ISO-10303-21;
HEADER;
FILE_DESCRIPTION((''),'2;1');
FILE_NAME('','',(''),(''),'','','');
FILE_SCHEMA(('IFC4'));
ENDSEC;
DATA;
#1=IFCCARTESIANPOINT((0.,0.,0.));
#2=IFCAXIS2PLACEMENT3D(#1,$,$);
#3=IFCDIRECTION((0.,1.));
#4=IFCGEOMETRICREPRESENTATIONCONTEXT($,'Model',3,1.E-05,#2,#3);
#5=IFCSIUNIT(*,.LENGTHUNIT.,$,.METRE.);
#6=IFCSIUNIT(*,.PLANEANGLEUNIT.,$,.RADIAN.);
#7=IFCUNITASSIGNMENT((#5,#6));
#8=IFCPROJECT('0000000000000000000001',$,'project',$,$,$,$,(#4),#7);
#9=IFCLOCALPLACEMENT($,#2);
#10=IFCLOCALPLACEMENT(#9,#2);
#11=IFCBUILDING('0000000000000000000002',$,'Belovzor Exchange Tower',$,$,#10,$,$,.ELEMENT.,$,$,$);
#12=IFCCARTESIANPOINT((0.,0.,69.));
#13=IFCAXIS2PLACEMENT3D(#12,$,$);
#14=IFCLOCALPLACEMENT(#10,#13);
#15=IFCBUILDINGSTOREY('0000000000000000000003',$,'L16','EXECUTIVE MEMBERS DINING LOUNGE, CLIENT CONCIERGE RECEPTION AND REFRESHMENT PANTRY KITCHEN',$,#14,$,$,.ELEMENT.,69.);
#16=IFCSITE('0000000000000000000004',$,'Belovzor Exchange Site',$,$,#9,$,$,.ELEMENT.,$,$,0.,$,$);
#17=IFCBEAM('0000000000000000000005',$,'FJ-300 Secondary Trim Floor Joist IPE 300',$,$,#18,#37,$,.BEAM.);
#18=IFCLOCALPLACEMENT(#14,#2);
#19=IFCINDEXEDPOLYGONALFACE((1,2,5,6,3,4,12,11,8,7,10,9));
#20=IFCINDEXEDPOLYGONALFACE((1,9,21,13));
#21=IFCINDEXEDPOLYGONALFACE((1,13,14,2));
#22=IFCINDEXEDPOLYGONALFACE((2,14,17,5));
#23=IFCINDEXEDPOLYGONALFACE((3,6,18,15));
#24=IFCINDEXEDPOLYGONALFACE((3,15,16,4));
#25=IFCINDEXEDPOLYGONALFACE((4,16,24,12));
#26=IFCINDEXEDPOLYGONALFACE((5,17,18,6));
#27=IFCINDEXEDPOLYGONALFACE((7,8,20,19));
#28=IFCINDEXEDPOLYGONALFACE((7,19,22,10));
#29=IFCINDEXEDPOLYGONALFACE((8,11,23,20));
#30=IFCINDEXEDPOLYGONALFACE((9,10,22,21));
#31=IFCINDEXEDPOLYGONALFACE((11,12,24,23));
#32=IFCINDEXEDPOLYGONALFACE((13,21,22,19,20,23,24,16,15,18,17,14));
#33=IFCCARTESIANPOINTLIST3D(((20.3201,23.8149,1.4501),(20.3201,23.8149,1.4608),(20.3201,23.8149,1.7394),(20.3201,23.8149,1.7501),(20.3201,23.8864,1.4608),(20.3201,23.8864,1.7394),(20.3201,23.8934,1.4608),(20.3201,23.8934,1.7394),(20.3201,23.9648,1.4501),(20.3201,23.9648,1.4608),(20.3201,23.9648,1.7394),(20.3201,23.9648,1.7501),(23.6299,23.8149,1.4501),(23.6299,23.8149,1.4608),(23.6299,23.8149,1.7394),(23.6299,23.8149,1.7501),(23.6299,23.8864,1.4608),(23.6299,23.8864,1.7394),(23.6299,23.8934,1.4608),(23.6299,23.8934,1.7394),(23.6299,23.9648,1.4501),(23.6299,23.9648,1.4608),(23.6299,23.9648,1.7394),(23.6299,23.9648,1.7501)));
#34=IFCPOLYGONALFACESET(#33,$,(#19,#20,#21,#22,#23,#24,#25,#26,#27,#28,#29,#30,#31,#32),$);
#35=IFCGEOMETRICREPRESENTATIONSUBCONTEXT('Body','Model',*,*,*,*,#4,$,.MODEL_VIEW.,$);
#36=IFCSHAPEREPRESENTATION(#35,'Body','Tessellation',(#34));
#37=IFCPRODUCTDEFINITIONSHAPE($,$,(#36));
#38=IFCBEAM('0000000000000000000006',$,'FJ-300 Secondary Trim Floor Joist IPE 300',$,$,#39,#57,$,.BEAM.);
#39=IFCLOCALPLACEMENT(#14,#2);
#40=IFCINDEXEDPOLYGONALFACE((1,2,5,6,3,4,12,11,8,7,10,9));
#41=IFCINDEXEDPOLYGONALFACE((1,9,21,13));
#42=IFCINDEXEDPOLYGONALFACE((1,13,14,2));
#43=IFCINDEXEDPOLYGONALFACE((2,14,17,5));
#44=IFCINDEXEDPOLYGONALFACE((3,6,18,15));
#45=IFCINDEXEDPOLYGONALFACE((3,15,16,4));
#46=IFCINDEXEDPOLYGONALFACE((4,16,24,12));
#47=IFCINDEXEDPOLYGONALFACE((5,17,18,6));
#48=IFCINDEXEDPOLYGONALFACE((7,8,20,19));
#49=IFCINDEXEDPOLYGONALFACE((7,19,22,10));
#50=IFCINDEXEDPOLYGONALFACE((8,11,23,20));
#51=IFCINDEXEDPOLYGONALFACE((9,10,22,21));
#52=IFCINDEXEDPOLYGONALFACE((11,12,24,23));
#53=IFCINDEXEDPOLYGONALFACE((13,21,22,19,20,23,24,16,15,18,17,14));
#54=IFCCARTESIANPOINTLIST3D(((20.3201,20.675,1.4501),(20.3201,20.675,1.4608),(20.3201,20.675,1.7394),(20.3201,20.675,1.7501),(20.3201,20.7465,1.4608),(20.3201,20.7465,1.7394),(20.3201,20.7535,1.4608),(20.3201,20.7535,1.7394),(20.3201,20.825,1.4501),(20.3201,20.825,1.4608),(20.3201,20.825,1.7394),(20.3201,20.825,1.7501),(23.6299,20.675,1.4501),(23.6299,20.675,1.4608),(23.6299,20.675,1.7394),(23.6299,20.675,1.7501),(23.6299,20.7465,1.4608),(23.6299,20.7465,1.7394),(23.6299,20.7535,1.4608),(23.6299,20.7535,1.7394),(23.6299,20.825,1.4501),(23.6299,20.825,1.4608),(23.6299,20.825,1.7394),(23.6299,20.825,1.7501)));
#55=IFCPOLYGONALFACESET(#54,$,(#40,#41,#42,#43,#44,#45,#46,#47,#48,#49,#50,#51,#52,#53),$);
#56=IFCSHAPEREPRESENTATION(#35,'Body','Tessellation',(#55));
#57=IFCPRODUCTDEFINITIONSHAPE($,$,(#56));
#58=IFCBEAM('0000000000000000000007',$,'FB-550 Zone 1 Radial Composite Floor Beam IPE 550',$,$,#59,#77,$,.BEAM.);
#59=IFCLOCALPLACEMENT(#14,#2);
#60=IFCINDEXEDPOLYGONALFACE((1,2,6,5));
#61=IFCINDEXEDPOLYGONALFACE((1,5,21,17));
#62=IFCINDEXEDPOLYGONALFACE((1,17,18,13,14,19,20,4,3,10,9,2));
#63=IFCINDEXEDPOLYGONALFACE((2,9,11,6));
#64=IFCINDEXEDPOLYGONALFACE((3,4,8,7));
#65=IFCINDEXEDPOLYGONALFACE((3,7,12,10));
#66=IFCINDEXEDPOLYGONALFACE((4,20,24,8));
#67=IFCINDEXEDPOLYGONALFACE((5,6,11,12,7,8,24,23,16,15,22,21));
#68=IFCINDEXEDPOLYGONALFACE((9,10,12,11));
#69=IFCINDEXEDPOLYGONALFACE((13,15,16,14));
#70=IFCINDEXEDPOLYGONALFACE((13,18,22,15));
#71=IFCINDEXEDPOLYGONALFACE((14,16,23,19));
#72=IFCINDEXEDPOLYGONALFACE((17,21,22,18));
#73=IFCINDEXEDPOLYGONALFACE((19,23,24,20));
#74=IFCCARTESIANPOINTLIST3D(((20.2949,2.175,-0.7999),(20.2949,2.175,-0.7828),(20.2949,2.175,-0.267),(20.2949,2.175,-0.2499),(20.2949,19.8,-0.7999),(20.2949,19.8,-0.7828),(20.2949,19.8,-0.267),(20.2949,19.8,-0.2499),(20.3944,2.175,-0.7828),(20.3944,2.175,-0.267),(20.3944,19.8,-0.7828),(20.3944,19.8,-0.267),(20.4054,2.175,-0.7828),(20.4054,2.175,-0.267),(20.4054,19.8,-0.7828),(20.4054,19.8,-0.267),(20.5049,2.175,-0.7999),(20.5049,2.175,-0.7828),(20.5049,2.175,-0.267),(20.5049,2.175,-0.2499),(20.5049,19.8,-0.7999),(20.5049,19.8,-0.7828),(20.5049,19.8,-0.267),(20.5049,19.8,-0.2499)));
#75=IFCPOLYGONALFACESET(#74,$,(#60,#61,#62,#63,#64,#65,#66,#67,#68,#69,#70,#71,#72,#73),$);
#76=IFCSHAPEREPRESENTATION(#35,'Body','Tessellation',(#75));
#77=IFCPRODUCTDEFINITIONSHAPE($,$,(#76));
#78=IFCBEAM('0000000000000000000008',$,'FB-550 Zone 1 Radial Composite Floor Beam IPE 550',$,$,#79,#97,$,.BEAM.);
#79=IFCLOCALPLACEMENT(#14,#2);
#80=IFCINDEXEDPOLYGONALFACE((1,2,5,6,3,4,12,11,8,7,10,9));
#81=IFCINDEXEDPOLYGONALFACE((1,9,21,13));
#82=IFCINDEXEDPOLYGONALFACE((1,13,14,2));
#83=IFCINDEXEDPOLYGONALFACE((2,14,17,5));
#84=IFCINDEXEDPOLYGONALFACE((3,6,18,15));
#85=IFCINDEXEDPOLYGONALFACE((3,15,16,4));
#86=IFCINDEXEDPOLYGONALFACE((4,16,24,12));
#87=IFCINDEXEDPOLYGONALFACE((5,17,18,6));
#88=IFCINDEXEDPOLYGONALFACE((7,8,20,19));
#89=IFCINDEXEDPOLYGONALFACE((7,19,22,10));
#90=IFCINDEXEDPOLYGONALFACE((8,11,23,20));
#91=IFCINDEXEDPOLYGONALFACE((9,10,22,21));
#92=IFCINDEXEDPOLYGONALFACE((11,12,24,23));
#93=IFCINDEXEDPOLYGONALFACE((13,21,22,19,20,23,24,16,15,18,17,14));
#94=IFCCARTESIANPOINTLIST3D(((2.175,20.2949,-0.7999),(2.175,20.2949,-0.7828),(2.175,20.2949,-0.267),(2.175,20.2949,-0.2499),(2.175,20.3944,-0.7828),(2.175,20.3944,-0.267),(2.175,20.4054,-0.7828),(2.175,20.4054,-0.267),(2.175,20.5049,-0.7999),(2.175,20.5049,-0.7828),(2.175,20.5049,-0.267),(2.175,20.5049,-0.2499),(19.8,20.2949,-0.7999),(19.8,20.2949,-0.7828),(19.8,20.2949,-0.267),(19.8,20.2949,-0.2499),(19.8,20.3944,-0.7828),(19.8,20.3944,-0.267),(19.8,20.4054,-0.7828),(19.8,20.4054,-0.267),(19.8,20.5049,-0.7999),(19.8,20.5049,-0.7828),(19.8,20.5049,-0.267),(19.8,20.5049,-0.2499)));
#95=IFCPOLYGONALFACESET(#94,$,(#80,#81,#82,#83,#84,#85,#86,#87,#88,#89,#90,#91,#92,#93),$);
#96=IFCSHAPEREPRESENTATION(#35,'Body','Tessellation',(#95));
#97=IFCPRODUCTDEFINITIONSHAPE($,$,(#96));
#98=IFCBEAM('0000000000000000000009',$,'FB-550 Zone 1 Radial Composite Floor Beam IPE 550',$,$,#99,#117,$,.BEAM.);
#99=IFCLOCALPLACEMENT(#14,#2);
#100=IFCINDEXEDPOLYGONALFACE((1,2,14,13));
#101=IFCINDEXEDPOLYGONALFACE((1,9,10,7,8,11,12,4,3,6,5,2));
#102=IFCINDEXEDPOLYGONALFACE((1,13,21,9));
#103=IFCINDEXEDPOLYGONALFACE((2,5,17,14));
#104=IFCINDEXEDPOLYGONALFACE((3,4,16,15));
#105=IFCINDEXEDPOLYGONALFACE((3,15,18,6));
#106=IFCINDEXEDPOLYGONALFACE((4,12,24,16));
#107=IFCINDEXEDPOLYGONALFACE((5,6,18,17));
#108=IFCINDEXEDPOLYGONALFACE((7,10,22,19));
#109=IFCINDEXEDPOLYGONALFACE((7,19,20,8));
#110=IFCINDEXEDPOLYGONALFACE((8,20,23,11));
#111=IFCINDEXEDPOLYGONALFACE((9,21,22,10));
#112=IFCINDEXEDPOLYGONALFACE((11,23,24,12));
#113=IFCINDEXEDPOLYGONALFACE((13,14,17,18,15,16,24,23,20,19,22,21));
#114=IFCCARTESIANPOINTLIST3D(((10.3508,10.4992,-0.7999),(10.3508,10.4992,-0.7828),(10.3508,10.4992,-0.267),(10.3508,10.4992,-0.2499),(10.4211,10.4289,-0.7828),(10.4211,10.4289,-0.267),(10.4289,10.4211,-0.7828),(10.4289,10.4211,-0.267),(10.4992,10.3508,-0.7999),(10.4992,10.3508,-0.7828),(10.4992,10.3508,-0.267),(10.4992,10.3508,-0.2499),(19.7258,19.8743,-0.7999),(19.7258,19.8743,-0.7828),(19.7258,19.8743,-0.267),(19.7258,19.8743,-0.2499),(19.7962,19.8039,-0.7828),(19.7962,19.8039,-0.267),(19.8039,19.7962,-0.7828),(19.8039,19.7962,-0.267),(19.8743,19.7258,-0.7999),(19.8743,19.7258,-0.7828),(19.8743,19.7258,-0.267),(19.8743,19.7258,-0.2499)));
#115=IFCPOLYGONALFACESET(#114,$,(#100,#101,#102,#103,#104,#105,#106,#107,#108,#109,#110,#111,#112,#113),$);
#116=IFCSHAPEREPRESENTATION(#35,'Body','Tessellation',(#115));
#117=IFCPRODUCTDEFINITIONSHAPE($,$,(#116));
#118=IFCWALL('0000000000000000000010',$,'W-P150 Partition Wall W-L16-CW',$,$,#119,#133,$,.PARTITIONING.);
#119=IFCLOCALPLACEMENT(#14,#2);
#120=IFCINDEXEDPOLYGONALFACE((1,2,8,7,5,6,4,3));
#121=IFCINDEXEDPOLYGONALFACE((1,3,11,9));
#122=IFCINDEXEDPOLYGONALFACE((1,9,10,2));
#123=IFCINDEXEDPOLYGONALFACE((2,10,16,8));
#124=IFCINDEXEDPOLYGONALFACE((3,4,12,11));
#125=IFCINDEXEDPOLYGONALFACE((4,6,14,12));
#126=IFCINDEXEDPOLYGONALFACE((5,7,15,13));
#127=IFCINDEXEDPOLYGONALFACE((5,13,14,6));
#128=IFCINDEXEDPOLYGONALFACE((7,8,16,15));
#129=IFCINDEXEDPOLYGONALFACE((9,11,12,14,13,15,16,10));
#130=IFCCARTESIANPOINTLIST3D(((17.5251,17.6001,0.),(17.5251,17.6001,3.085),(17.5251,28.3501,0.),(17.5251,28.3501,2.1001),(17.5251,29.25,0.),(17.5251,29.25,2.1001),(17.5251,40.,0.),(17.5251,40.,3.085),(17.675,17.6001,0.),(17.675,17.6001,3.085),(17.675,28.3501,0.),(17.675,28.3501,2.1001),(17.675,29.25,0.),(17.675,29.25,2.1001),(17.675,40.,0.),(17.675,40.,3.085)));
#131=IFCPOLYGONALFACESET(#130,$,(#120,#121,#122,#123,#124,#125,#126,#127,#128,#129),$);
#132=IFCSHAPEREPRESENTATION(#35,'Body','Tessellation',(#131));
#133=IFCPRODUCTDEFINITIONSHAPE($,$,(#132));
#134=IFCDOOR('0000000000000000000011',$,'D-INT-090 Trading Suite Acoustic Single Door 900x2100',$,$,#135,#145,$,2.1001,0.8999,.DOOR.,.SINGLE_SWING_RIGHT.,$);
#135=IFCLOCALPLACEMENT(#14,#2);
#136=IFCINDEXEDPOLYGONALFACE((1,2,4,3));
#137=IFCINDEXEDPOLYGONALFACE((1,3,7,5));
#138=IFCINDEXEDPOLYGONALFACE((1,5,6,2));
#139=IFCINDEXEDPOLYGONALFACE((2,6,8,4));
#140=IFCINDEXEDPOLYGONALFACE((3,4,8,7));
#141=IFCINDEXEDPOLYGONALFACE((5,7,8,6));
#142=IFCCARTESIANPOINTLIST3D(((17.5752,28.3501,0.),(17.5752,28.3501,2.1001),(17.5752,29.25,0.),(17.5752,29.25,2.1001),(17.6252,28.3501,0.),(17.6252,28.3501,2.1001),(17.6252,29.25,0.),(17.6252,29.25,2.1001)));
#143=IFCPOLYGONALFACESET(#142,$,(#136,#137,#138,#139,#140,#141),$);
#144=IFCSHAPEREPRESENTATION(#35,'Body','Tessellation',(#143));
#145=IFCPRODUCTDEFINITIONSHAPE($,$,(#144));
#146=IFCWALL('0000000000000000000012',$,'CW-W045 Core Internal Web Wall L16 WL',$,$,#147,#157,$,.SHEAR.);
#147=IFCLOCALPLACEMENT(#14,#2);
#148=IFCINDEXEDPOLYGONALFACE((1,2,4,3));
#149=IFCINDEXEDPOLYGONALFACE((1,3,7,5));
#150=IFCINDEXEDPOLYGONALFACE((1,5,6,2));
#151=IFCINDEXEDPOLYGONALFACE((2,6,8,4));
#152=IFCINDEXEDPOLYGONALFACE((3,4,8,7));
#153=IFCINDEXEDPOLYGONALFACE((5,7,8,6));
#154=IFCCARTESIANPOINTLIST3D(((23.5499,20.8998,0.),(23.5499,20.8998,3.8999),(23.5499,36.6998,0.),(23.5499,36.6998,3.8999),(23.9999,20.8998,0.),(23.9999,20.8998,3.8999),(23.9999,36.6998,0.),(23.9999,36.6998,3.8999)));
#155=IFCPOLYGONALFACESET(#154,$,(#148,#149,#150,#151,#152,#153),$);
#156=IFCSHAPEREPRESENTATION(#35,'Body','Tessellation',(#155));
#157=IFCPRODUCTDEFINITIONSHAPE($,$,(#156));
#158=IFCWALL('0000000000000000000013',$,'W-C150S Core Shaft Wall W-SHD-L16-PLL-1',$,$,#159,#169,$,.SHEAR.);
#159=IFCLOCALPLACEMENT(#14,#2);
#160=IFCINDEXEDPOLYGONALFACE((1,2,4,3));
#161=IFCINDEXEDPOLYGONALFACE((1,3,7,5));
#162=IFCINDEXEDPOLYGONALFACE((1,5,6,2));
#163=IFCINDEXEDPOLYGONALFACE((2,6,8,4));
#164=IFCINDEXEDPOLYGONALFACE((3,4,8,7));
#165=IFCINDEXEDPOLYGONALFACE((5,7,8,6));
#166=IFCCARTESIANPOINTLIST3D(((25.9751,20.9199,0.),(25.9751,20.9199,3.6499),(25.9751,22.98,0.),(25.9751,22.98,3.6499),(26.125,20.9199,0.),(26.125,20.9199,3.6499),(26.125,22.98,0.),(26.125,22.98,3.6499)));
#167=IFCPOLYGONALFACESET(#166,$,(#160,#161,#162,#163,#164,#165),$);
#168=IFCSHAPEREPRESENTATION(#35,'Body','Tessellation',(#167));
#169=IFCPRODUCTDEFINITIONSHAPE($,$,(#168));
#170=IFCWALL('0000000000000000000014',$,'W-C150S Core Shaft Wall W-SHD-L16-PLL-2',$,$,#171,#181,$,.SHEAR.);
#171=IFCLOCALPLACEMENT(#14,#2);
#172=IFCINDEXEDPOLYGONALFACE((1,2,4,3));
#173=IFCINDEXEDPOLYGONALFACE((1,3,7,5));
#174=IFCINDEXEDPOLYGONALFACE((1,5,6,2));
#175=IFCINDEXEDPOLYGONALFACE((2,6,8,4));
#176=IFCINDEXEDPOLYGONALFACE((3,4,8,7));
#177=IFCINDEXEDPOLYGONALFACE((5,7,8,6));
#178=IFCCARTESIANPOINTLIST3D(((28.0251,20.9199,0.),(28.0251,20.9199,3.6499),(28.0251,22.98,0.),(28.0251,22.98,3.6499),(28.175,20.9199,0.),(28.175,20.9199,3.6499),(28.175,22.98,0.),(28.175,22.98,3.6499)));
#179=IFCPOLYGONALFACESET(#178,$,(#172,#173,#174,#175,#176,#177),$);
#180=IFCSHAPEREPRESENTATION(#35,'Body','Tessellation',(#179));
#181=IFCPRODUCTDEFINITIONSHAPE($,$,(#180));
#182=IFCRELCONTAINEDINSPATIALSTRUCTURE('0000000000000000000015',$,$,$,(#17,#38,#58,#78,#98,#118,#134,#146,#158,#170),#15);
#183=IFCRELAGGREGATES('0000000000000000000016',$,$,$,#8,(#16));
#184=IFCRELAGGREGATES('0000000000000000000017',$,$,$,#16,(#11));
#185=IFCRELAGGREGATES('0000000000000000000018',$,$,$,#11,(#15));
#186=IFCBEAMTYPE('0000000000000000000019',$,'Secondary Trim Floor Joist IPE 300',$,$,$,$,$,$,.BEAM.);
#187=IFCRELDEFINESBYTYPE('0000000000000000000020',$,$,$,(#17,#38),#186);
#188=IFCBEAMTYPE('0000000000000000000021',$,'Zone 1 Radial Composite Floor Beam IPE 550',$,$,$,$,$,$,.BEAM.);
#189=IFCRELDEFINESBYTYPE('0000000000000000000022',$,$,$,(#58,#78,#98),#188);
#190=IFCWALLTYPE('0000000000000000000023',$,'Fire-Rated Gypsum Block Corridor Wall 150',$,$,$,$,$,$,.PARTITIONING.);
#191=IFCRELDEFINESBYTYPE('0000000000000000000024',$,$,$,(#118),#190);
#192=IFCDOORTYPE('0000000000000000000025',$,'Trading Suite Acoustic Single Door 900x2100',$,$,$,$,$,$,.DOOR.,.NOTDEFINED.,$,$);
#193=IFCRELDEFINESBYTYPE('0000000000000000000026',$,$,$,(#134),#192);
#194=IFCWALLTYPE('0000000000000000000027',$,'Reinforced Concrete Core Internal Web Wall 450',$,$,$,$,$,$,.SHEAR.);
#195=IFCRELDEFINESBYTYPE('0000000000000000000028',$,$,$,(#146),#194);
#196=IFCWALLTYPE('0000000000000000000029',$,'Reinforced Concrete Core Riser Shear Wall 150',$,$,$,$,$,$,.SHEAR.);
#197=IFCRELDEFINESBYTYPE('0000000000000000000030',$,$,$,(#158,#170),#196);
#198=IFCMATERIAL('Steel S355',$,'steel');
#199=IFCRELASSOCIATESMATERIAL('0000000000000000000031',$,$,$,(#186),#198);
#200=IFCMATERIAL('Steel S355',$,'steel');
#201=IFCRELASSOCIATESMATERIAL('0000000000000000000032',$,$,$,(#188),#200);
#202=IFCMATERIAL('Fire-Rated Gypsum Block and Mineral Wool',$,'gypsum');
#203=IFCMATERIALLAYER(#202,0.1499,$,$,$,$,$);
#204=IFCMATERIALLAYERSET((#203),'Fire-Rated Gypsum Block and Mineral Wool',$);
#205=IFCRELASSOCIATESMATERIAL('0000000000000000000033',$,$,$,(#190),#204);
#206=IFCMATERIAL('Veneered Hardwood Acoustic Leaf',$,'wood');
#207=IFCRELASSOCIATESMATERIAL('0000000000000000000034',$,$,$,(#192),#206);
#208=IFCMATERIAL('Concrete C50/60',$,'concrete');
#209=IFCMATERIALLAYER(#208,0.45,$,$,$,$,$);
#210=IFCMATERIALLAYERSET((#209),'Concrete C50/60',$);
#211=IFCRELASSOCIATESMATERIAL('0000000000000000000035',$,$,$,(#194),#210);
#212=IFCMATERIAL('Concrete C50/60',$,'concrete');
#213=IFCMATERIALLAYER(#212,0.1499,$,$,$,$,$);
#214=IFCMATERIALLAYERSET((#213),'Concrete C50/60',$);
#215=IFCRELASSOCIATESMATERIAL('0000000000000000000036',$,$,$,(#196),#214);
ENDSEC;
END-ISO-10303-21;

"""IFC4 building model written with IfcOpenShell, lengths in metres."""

from ifc_helpers import new_model, si_unit, direction, frame, frame_2d, origin, origin_2d, place, context, subcontext, project, spatial, rectangle, i_section, extrude, material, layer, layer_set, material_profile, profile_set, type_object, element, fill, save


model = new_model("IFC4")

# Units and contexts
model_context = context("Model", 3, precision=1e-05, world=origin(), true_north=direction((0.0, 1.0)))
body_context = subcontext(model_context, "Body", "Model", "MODEL_VIEW")
ifc_project = project(units=[si_unit("LENGTHUNIT", "METRE"), si_unit("PLANEANGLEUNIT", "RADIAN")], contexts=[model_context])

# Site, building, storey
site_placement = place(None, origin())
site = spatial("IfcSite", under=ifc_project, at=site_placement, Name="Belovzor Exchange Site", CompositionType="ELEMENT", RefElevation=0.0)
building_placement = place(site_placement, origin())
building = spatial("IfcBuilding", under=site, at=building_placement, Name="Belovzor Exchange Tower", CompositionType="ELEMENT")
storey_placement = place(building_placement, frame((0.0, 0.0, 69.0)))
storey = spatial("IfcBuildingStorey", under=building, at=storey_placement, Name="L16", Description="EXECUTIVE MEMBERS DINING LOUNGE, CLIENT CONCIERGE RECEPTION AND REFRESHMENT PANTRY KITCHEN", CompositionType="ELEMENT", Elevation=69.0)

# Beams
ifc_material_1 = material(Name="Steel S355", Category="steel")
ifc_material_profile_1 = material_profile(ifc_material_1, i_section(OverallWidth=0.1499, OverallDepth=0.3, WebThickness=0.0071, FlangeThickness=0.0107, at=origin_2d()))
ifc_profile_set_1 = profile_set([ifc_material_profile_1], Name="Steel S355")
beam_type_1 = type_object("IfcBeamType", Name="Secondary Trim Floor Joist IPE 300", PredefinedType="BEAM", material=ifc_profile_set_1)
for number, where, z_axis, x_axis, name in (
    (1, (20.3201, 23.8899, 1.6001), (1.0, 0.0, 0.0), (0.0, 1.0, 0.0), "FJ-300 Secondary Trim Floor Joist IPE 300"),
    (2, (20.3201, 20.75, 1.6001), (1.0, 0.0, 0.0), (0.0, 1.0, 0.0), "FJ-300 Secondary Trim Floor Joist IPE 300"),
):
    element("IfcBeam", number, at=place(storey_placement, frame(where, z_axis=z_axis, x_axis=x_axis)), inside=storey, type_object=beam_type_1, Name=name, PredefinedType="BEAM", context=body_context, shape_type="SweptSolid", body=[
        extrude(i_section(OverallWidth=0.1499, OverallDepth=0.3, WebThickness=0.0071, FlangeThickness=0.0107, at=origin_2d()), origin(), (0.0, 0.0, 1.0), 3.3098),
    ])
ifc_material_2 = material(Name="Steel S355", Category="steel")
ifc_material_profile_2 = material_profile(ifc_material_2, i_section(OverallWidth=0.21, OverallDepth=0.55, WebThickness=0.011, FlangeThickness=0.0171, at=origin_2d()))
ifc_profile_set_2 = profile_set([ifc_material_profile_2], Name="Steel S355")
beam_type_2 = type_object("IfcBeamType", Name="Zone 1 Radial Composite Floor Beam IPE 550", PredefinedType="BEAM", material=ifc_profile_set_2)
for number, where, z_axis, x_axis, name in (
    (3, (20.3999, 19.8, -0.5249), (0.0, -1.0, 0.0), (1.0, 0.0, 0.0), "FB-550 Zone 1 Radial Composite Floor Beam IPE 550"),
    (4, (19.8, 20.3999, -0.5249), (-1.0, 0.0, 0.0), (0.0, -1.0, 0.0), "FB-550 Zone 1 Radial Composite Floor Beam IPE 550"),
):
    element("IfcBeam", number, at=place(storey_placement, frame(where, z_axis=z_axis, x_axis=x_axis)), inside=storey, type_object=beam_type_2, Name=name, PredefinedType="BEAM", context=body_context, shape_type="SweptSolid", body=[
        extrude(i_section(OverallWidth=0.21, OverallDepth=0.55, WebThickness=0.011, FlangeThickness=0.0171, at=origin_2d()), origin(), (0.0, 0.0, 1.0), 17.625),
    ])
beam_placement = place(storey_placement, frame((19.8, 19.8, -0.5249), z_axis=(-0.707107, -0.707107, 0.0), x_axis=(0.707107, -0.707107, 0.0)))
element("IfcBeam", 5, at=beam_placement, inside=storey, type_object=beam_type_2, Name="FB-550 Zone 1 Radial Composite Floor Beam IPE 550", PredefinedType="BEAM", context=body_context, shape_type="SweptSolid", body=[
    extrude(i_section(OverallWidth=0.21, OverallDepth=0.55, WebThickness=0.011, FlangeThickness=0.0171, at=origin_2d()), origin(), (0.0, 0.0, 1.0), 13.2583),
])

# Wall, opening, door
ifc_material_3 = material(Name="Fire-Rated Gypsum Block and Mineral Wool", Category="gypsum")
ifc_layer_1 = layer(ifc_material_3, 0.1499)
ifc_layer_set_1 = layer_set([ifc_layer_1], Name="Fire-Rated Gypsum Block and Mineral Wool")
wall_type_1 = type_object("IfcWallType", Name="Fire-Rated Gypsum Block Corridor Wall 150", PredefinedType="PARTITIONING", material=ifc_layer_set_1)
wall_1_placement = place(storey_placement, frame((17.6001, 17.6001, 0.0), z_axis=(0.0, 0.0, 1.0), x_axis=(0.0, 1.0, 0.0)))
wall_1 = element("IfcWall", 6, at=wall_1_placement, inside=storey, type_object=wall_type_1, Name="W-P150 Partition Wall W-L16-CW", PredefinedType="PARTITIONING", context=body_context, shape_type="SweptSolid", body=[
    extrude(rectangle(XDim=22.3999, YDim=0.1499, at=frame_2d((11.2, 0.0))), origin(), (0.0, 0.0, 1.0), 3.085),
])
opening_1_placement = place(wall_1_placement, frame((10.75, 0.0, 0.0)))
opening_1 = element("IfcOpeningElement", 7, at=opening_1_placement, cuts=wall_1, PredefinedType="OPENING", context=body_context, shape_type="SweptSolid", body=[
    extrude(rectangle(XDim=0.8999, YDim=2.1001, at=frame_2d((0.45, 1.05))), frame((0.0, 0.085, 0.0), z_axis=(0.0, -1.0, 0.0), x_axis=(1.0, 0.0, 0.0)), (0.0, 0.0, 1.0), 0.1699),
])
ifc_material_4 = material(Name="Veneered Hardwood Acoustic Leaf", Category="wood")
door_type_1 = type_object("IfcDoorType", Name="Trading Suite Acoustic Single Door 900x2100", OperationType="NOTDEFINED", PredefinedType="DOOR", material=ifc_material_4)
door_1_placement = place(opening_1_placement, origin())
door_1 = element("IfcDoor", 8, at=door_1_placement, inside=storey, type_object=door_type_1, Name="D-INT-090 Trading Suite Acoustic Single Door 900x2100", OperationType="SINGLE_SWING_RIGHT", OverallHeight=2.1001, OverallWidth=0.8999, PredefinedType="DOOR", context=body_context, shape_type="SweptSolid", body=[
    extrude(rectangle(XDim=0.8999, YDim=2.1001, at=frame_2d((0.45, 1.05))), frame((0.0, 0.0249, 0.0), z_axis=(0.0, -1.0, 0.0), x_axis=(1.0, 0.0, 0.0)), (0.0, 0.0, 1.0), 0.05),
])
fill(opening_1, door_1)

# Walls
ifc_material_5 = material(Name="Concrete C50/60", Category="concrete")
ifc_layer_2 = layer(ifc_material_5, 0.45)
ifc_layer_set_2 = layer_set([ifc_layer_2], Name="Concrete C50/60")
wall_type_2 = type_object("IfcWallType", Name="Reinforced Concrete Core Internal Web Wall 450", PredefinedType="SHEAR", material=ifc_layer_set_2)
wall_2_placement = place(storey_placement, frame((23.7749, 20.8999, 0.0), z_axis=(0.0, 0.0, 1.0), x_axis=(0.0, 1.0, 0.0)))
element("IfcWall", 9, at=wall_2_placement, inside=storey, type_object=wall_type_2, Name="CW-W045 Core Internal Web Wall L16 WL", PredefinedType="SHEAR", context=body_context, shape_type="SweptSolid", body=[
    extrude(rectangle(XDim=15.8, YDim=0.45, at=frame_2d((7.8999, 0.0))), origin(), (0.0, 0.0, 1.0), 3.8999),
])
ifc_material_6 = material(Name="Concrete C50/60", Category="concrete")
ifc_layer_3 = layer(ifc_material_6, 0.1499)
ifc_layer_set_3 = layer_set([ifc_layer_3], Name="Concrete C50/60")
wall_type_3 = type_object("IfcWallType", Name="Reinforced Concrete Core Riser Shear Wall 150", PredefinedType="SHEAR", material=ifc_layer_set_3)
for number, where, z_axis, x_axis, name in (
    (10, (26.05, 20.9199, 0.0), (0.0, 0.0, 1.0), (0.0, 1.0, 0.0), "W-C150S Core Shaft Wall W-SHD-L16-PLL-1"),
    (11, (28.1001, 20.9199, 0.0), (0.0, 0.0, 1.0), (0.0, 1.0, 0.0), "W-C150S Core Shaft Wall W-SHD-L16-PLL-2"),
):
    element("IfcWall", number, at=place(storey_placement, frame(where, z_axis=z_axis, x_axis=x_axis)), inside=storey, type_object=wall_type_3, Name=name, PredefinedType="SHEAR", context=body_context, shape_type="SweptSolid", body=[
        extrude(rectangle(XDim=2.0601, YDim=0.1499, at=frame_2d((1.03, 0.0))), origin(), (0.0, 0.0, 1.0), 3.6499),
    ])

save(model, "model.ifc")
